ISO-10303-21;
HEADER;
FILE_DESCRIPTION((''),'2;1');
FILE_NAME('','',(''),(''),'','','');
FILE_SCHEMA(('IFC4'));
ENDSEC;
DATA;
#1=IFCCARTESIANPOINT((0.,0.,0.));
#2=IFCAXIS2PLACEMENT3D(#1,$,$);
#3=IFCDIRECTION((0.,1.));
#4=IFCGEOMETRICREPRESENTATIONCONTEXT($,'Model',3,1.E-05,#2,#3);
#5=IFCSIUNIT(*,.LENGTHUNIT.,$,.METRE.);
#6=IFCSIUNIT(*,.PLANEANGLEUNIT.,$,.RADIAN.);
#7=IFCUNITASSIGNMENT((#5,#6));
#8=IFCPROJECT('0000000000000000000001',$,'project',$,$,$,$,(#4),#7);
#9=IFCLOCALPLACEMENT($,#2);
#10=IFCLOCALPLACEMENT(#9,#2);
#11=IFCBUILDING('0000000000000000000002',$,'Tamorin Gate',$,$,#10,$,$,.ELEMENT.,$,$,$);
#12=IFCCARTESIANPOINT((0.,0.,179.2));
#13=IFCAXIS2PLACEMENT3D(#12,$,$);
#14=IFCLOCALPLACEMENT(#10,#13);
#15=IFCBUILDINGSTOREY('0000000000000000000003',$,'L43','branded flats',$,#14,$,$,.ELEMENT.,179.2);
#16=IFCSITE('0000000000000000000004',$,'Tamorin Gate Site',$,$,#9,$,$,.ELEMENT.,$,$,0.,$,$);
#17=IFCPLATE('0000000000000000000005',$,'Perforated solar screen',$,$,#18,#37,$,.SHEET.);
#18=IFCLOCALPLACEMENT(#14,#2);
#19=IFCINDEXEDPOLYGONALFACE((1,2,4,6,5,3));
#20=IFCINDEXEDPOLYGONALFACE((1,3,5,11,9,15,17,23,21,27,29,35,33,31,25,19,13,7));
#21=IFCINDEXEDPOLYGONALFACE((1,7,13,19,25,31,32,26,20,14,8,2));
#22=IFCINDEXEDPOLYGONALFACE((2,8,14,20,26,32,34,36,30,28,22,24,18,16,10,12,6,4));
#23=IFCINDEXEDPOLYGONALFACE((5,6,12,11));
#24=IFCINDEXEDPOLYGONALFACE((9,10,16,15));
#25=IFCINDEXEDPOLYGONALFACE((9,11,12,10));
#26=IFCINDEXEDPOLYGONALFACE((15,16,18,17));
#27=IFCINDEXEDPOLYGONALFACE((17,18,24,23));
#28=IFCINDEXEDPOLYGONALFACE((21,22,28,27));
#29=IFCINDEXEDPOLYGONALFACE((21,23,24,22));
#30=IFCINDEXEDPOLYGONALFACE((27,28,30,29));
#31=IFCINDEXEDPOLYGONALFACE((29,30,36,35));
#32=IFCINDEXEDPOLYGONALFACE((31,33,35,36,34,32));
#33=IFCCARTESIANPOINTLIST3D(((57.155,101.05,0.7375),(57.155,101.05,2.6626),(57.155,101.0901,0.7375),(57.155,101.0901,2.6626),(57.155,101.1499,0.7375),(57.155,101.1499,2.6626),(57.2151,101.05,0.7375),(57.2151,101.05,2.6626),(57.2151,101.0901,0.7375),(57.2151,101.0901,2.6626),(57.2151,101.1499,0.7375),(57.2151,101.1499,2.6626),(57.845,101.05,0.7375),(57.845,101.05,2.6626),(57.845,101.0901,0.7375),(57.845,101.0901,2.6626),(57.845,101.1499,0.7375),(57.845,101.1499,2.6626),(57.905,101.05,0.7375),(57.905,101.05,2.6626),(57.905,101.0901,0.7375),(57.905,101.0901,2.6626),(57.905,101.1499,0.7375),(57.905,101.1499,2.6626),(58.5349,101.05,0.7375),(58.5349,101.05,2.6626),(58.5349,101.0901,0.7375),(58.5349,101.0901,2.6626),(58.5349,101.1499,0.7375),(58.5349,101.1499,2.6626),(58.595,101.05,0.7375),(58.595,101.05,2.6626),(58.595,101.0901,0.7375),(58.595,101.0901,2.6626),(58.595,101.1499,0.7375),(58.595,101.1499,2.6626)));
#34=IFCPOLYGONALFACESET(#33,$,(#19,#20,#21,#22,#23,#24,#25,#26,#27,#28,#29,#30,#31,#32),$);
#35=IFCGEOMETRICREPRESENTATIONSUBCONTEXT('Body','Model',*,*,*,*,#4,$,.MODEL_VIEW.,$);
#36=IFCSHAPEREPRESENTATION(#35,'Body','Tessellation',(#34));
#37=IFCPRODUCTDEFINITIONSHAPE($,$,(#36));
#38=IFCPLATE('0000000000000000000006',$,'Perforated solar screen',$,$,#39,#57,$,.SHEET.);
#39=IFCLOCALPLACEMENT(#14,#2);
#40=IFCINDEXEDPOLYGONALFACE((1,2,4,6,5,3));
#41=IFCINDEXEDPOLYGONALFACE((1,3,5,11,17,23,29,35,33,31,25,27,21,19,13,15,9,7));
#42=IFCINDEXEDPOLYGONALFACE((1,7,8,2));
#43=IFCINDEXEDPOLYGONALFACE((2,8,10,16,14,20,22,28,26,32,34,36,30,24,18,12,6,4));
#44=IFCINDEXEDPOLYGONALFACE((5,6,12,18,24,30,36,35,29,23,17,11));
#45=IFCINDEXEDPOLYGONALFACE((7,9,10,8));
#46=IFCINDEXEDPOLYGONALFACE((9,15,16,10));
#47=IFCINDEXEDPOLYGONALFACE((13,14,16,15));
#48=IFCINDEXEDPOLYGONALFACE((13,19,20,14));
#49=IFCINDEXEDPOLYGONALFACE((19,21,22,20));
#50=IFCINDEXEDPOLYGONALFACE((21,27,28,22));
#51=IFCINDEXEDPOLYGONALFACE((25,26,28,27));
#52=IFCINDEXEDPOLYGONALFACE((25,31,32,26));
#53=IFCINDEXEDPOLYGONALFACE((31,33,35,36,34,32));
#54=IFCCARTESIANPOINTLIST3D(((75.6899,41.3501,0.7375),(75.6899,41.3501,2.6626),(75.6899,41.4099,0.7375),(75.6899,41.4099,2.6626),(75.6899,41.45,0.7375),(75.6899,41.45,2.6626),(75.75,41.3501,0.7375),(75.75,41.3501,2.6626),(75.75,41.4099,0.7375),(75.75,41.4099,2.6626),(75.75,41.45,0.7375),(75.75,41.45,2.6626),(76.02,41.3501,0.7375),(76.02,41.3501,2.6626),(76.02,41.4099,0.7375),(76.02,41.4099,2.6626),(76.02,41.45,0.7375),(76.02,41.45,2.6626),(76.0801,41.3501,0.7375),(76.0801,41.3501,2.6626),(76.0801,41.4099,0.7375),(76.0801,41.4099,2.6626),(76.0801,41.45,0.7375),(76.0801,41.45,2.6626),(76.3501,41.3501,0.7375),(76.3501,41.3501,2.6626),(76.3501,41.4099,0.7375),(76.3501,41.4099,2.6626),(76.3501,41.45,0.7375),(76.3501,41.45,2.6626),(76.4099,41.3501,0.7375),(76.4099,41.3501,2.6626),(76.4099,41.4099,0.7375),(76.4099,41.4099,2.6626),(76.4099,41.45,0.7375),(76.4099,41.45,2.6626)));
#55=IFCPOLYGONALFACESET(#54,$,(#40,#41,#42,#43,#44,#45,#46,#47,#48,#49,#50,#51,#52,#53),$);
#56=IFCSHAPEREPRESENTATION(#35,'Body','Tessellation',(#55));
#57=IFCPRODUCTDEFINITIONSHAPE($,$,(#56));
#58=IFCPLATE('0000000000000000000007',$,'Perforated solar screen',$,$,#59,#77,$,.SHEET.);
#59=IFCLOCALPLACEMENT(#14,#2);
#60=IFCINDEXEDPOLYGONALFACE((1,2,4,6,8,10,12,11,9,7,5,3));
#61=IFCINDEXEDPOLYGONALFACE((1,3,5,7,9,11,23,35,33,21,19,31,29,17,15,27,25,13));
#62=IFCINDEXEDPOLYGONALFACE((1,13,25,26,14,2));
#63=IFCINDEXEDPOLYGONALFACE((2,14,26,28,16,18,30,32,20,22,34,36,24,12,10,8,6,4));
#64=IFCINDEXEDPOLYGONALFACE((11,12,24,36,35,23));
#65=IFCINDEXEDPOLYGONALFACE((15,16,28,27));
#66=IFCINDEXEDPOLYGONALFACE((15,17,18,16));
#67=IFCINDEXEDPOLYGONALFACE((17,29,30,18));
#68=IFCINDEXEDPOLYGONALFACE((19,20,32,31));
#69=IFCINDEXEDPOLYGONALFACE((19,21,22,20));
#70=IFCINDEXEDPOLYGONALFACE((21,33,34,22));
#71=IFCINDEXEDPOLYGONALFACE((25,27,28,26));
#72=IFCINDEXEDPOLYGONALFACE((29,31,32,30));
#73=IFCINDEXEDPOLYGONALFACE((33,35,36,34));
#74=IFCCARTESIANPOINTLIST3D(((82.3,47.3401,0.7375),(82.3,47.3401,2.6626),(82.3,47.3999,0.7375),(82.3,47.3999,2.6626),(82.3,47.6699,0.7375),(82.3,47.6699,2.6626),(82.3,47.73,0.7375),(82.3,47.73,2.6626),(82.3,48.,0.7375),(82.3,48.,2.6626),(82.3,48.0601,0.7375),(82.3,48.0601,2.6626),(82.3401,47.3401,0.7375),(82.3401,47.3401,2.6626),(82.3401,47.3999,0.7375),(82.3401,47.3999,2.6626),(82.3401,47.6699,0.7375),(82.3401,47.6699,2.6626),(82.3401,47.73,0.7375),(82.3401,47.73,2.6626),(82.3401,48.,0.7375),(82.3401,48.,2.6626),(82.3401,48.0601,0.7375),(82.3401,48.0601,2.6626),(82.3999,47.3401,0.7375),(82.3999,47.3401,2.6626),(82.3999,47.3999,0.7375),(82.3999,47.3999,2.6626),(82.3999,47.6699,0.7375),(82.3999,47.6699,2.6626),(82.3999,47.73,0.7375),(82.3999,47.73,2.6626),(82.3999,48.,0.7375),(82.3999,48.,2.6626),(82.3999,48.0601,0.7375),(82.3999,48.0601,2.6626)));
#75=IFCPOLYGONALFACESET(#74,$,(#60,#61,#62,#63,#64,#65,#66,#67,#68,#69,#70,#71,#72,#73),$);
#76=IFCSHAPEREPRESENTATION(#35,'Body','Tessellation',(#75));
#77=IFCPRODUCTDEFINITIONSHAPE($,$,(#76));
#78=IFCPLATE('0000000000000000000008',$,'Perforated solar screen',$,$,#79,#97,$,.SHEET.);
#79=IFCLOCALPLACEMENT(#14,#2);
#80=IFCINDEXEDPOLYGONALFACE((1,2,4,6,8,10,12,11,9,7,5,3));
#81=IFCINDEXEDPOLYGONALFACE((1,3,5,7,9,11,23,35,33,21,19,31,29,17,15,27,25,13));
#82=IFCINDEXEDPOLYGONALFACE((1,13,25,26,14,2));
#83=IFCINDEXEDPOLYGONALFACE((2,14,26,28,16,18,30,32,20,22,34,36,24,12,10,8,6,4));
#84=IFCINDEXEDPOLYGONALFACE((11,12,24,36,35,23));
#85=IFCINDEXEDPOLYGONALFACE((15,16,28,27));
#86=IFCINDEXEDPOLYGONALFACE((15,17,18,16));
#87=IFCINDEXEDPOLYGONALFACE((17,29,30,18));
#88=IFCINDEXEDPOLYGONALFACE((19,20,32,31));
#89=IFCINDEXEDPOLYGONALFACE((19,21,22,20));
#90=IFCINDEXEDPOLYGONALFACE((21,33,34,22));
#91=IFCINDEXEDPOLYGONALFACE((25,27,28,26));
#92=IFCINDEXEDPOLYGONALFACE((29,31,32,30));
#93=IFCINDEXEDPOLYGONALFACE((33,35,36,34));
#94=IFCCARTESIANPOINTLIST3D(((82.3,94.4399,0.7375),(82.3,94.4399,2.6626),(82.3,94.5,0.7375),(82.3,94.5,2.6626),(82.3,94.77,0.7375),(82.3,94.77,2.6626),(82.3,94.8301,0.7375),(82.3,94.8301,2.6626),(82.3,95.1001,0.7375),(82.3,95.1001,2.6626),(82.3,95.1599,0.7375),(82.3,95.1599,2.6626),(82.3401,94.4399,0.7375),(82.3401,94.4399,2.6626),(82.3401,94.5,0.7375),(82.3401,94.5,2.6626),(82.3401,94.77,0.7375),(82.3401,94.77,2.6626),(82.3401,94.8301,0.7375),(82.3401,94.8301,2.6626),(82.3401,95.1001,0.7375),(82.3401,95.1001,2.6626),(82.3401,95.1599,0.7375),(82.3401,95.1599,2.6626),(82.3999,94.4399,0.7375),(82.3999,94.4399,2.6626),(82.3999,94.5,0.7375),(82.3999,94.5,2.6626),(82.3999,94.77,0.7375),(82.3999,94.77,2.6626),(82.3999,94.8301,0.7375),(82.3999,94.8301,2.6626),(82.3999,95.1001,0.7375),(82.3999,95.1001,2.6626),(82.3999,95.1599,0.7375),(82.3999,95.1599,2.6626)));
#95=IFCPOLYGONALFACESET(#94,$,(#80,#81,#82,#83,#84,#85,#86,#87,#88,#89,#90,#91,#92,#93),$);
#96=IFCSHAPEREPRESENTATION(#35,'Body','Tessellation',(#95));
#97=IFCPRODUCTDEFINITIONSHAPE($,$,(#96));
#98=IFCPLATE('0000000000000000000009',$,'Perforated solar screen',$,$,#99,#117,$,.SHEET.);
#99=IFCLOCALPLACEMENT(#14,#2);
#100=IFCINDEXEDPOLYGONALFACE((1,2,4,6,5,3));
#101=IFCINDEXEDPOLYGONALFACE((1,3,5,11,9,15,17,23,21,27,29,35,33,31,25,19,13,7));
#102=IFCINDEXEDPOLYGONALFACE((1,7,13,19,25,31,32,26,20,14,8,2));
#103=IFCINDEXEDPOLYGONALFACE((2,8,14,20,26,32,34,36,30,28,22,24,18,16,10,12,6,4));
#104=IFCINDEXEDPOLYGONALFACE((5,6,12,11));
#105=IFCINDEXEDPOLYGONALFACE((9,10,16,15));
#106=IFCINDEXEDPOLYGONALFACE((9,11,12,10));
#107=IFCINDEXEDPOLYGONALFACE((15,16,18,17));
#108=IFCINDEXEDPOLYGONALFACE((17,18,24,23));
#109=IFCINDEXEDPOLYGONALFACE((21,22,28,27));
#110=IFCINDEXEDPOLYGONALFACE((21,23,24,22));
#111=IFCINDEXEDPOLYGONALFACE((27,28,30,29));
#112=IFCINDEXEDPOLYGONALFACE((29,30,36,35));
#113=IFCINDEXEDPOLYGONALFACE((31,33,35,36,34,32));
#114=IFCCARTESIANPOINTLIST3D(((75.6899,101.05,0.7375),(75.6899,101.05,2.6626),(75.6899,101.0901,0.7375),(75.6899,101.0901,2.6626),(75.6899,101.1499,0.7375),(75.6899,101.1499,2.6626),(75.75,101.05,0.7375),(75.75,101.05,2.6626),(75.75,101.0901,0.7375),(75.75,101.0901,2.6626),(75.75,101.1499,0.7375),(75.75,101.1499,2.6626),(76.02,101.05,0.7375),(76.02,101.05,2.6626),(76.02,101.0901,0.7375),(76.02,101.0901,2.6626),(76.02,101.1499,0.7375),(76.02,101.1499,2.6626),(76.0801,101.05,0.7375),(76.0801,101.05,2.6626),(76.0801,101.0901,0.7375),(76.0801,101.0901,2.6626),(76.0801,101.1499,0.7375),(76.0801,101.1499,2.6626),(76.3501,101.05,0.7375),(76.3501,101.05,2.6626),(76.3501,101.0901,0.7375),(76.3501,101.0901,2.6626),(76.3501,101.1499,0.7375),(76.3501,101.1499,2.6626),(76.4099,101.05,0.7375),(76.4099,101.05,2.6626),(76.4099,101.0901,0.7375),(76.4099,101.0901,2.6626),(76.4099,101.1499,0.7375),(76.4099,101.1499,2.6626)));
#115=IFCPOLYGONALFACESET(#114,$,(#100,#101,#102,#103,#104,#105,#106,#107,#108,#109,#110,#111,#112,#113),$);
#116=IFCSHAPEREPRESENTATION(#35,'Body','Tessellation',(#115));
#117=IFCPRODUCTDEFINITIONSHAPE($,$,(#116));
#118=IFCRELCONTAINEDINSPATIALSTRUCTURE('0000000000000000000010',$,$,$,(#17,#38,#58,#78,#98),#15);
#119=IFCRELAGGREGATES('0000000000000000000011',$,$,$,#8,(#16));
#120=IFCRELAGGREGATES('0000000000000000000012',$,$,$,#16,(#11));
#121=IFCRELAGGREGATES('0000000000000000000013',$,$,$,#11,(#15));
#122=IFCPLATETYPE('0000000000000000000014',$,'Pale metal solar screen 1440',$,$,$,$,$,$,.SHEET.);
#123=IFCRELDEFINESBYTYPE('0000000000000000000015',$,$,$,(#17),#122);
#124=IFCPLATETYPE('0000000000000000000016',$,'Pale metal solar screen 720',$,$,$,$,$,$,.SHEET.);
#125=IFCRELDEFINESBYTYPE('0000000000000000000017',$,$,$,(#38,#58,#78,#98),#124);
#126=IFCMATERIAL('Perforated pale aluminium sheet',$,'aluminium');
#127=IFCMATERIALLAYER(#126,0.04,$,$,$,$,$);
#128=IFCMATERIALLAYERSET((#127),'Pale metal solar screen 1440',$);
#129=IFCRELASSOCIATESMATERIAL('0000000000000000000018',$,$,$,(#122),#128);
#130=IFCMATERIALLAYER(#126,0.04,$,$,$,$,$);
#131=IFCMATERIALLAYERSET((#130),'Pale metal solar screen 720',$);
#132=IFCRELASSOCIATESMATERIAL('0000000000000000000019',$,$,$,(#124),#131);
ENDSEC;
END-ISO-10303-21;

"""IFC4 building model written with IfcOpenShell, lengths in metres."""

from ifc_helpers import new_model, si_unit, direction, frame, origin, place, context, subcontext, project, spatial, polyline, outline, extrude, material, layer, layer_set, type_object, element, save


model = new_model("IFC4")

# Units and contexts
model_context = context("Model", 3, precision=1e-05, world=origin(), true_north=direction((0.0, 1.0)))
body_context = subcontext(model_context, "Body", "Model", "MODEL_VIEW")
ifc_project = project(units=[si_unit("LENGTHUNIT", "METRE"), si_unit("PLANEANGLEUNIT", "RADIAN")], contexts=[model_context])

# Site, building, storey
site_placement = place(None, origin())
site = spatial("IfcSite", under=ifc_project, at=site_placement, Name="Tamorin Gate Site", CompositionType="ELEMENT", RefElevation=0.0)
building_placement = place(site_placement, origin())
building = spatial("IfcBuilding", under=site, at=building_placement, Name="Tamorin Gate", CompositionType="ELEMENT")
storey_placement = place(building_placement, frame((0.0, 0.0, 179.2)))
storey = spatial("IfcBuildingStorey", under=building, at=storey_placement, Name="L43", Description="branded flats", CompositionType="ELEMENT", Elevation=179.2)

# Plates
ifc_material_1 = material(Name="Perforated pale aluminium sheet", Category="aluminium")
ifc_layer_1 = layer(ifc_material_1, 0.04)
ifc_layer_set_1 = layer_set([ifc_layer_1], Name="Pale metal solar screen 1440")
plate_type_1 = type_object("IfcPlateType", Name="Pale metal solar screen 1440", PredefinedType="SHEET", material=ifc_layer_set_1)
plate_1_placement = place(storey_placement, frame((0.0, 0.0, 0.7375)))
element("IfcPlate", 1, at=plate_1_placement, inside=storey, type_object=plate_type_1, Name="Perforated solar screen", PredefinedType="SHEET", context=body_context, shape_type="SweptSolid", body=[
    extrude(outline(polyline([(58.595, 101.0901), (58.595, 101.05), (58.5349, 101.05), (57.905, 101.05), (57.845, 101.05), (57.2151, 101.05), (57.155, 101.05), (57.155, 101.0901), (57.155, 101.1499), (57.2151, 101.1499), (57.2151, 101.0901), (57.845, 101.0901), (57.845, 101.1499), (57.905, 101.1499), (57.905, 101.0901), (58.5349, 101.0901), (58.5349, 101.1499), (58.595, 101.1499), (58.595, 101.0901)])), origin(), (0.0, 0.0, 1.0), 1.925),
])
ifc_layer_2 = layer(ifc_material_1, 0.04)
ifc_layer_set_2 = layer_set([ifc_layer_2], Name="Pale metal solar screen 720")
plate_type_2 = type_object("IfcPlateType", Name="Pale metal solar screen 720", PredefinedType="SHEET", material=ifc_layer_set_2)
plate_2_placement = place(storey_placement, frame((0.0, 0.0, 0.7375)))
element("IfcPlate", 2, at=plate_2_placement, inside=storey, type_object=plate_type_2, Name="Perforated solar screen", PredefinedType="SHEET", context=body_context, shape_type="SweptSolid", body=[
    extrude(outline(polyline([(75.6899, 41.4099), (75.6899, 41.45), (75.75, 41.45), (76.02, 41.45), (76.0801, 41.45), (76.3501, 41.45), (76.4099, 41.45), (76.4099, 41.4099), (76.4099, 41.3501), (76.3501, 41.3501), (76.3501, 41.4099), (76.0801, 41.4099), (76.0801, 41.3501), (76.02, 41.3501), (76.02, 41.4099), (75.75, 41.4099), (75.75, 41.3501), (75.6899, 41.3501), (75.6899, 41.4099)])), origin(), (0.0, 0.0, 1.0), 1.925),
])
plate_3_placement = place(storey_placement, frame((0.0, 0.0, 0.7375)))
element("IfcPlate", 3, at=plate_3_placement, inside=storey, type_object=plate_type_2, Name="Perforated solar screen", PredefinedType="SHEET", context=body_context, shape_type="SweptSolid", body=[
    extrude(outline(polyline([(82.3401, 47.3401), (82.3, 47.3401), (82.3, 47.3999), (82.3, 47.6699), (82.3, 47.73), (82.3, 48.0), (82.3, 48.0601), (82.3401, 48.0601), (82.3999, 48.0601), (82.3999, 48.0), (82.3401, 48.0), (82.3401, 47.73), (82.3999, 47.73), (82.3999, 47.6699), (82.3401, 47.6699), (82.3401, 47.3999), (82.3999, 47.3999), (82.3999, 47.3401), (82.3401, 47.3401)])), origin(), (0.0, 0.0, 1.0), 1.925),
])
plate_4_placement = place(storey_placement, frame((0.0, 0.0, 0.7375)))
element("IfcPlate", 4, at=plate_4_placement, inside=storey, type_object=plate_type_2, Name="Perforated solar screen", PredefinedType="SHEET", context=body_context, shape_type="SweptSolid", body=[
    extrude(outline(polyline([(82.3401, 94.4399), (82.3, 94.4399), (82.3, 94.5), (82.3, 94.77), (82.3, 94.8301), (82.3, 95.1001), (82.3, 95.1599), (82.3401, 95.1599), (82.3999, 95.1599), (82.3999, 95.1001), (82.3401, 95.1001), (82.3401, 94.8301), (82.3999, 94.8301), (82.3999, 94.77), (82.3401, 94.77), (82.3401, 94.5), (82.3999, 94.5), (82.3999, 94.4399), (82.3401, 94.4399)])), origin(), (0.0, 0.0, 1.0), 1.925),
])
plate_5_placement = place(storey_placement, frame((0.0, 0.0, 0.7375)))
element("IfcPlate", 5, at=plate_5_placement, inside=storey, type_object=plate_type_2, Name="Perforated solar screen", PredefinedType="SHEET", context=body_context, shape_type="SweptSolid", body=[
    extrude(outline(polyline([(76.4099, 101.0901), (76.4099, 101.05), (76.3501, 101.05), (76.0801, 101.05), (76.02, 101.05), (75.75, 101.05), (75.6899, 101.05), (75.6899, 101.0901), (75.6899, 101.1499), (75.75, 101.1499), (75.75, 101.0901), (76.02, 101.0901), (76.02, 101.1499), (76.0801, 101.1499), (76.0801, 101.0901), (76.3501, 101.0901), (76.3501, 101.1499), (76.4099, 101.1499), (76.4099, 101.0901)])), origin(), (0.0, 0.0, 1.0), 1.925),
])

save(model, "model.ifc")
